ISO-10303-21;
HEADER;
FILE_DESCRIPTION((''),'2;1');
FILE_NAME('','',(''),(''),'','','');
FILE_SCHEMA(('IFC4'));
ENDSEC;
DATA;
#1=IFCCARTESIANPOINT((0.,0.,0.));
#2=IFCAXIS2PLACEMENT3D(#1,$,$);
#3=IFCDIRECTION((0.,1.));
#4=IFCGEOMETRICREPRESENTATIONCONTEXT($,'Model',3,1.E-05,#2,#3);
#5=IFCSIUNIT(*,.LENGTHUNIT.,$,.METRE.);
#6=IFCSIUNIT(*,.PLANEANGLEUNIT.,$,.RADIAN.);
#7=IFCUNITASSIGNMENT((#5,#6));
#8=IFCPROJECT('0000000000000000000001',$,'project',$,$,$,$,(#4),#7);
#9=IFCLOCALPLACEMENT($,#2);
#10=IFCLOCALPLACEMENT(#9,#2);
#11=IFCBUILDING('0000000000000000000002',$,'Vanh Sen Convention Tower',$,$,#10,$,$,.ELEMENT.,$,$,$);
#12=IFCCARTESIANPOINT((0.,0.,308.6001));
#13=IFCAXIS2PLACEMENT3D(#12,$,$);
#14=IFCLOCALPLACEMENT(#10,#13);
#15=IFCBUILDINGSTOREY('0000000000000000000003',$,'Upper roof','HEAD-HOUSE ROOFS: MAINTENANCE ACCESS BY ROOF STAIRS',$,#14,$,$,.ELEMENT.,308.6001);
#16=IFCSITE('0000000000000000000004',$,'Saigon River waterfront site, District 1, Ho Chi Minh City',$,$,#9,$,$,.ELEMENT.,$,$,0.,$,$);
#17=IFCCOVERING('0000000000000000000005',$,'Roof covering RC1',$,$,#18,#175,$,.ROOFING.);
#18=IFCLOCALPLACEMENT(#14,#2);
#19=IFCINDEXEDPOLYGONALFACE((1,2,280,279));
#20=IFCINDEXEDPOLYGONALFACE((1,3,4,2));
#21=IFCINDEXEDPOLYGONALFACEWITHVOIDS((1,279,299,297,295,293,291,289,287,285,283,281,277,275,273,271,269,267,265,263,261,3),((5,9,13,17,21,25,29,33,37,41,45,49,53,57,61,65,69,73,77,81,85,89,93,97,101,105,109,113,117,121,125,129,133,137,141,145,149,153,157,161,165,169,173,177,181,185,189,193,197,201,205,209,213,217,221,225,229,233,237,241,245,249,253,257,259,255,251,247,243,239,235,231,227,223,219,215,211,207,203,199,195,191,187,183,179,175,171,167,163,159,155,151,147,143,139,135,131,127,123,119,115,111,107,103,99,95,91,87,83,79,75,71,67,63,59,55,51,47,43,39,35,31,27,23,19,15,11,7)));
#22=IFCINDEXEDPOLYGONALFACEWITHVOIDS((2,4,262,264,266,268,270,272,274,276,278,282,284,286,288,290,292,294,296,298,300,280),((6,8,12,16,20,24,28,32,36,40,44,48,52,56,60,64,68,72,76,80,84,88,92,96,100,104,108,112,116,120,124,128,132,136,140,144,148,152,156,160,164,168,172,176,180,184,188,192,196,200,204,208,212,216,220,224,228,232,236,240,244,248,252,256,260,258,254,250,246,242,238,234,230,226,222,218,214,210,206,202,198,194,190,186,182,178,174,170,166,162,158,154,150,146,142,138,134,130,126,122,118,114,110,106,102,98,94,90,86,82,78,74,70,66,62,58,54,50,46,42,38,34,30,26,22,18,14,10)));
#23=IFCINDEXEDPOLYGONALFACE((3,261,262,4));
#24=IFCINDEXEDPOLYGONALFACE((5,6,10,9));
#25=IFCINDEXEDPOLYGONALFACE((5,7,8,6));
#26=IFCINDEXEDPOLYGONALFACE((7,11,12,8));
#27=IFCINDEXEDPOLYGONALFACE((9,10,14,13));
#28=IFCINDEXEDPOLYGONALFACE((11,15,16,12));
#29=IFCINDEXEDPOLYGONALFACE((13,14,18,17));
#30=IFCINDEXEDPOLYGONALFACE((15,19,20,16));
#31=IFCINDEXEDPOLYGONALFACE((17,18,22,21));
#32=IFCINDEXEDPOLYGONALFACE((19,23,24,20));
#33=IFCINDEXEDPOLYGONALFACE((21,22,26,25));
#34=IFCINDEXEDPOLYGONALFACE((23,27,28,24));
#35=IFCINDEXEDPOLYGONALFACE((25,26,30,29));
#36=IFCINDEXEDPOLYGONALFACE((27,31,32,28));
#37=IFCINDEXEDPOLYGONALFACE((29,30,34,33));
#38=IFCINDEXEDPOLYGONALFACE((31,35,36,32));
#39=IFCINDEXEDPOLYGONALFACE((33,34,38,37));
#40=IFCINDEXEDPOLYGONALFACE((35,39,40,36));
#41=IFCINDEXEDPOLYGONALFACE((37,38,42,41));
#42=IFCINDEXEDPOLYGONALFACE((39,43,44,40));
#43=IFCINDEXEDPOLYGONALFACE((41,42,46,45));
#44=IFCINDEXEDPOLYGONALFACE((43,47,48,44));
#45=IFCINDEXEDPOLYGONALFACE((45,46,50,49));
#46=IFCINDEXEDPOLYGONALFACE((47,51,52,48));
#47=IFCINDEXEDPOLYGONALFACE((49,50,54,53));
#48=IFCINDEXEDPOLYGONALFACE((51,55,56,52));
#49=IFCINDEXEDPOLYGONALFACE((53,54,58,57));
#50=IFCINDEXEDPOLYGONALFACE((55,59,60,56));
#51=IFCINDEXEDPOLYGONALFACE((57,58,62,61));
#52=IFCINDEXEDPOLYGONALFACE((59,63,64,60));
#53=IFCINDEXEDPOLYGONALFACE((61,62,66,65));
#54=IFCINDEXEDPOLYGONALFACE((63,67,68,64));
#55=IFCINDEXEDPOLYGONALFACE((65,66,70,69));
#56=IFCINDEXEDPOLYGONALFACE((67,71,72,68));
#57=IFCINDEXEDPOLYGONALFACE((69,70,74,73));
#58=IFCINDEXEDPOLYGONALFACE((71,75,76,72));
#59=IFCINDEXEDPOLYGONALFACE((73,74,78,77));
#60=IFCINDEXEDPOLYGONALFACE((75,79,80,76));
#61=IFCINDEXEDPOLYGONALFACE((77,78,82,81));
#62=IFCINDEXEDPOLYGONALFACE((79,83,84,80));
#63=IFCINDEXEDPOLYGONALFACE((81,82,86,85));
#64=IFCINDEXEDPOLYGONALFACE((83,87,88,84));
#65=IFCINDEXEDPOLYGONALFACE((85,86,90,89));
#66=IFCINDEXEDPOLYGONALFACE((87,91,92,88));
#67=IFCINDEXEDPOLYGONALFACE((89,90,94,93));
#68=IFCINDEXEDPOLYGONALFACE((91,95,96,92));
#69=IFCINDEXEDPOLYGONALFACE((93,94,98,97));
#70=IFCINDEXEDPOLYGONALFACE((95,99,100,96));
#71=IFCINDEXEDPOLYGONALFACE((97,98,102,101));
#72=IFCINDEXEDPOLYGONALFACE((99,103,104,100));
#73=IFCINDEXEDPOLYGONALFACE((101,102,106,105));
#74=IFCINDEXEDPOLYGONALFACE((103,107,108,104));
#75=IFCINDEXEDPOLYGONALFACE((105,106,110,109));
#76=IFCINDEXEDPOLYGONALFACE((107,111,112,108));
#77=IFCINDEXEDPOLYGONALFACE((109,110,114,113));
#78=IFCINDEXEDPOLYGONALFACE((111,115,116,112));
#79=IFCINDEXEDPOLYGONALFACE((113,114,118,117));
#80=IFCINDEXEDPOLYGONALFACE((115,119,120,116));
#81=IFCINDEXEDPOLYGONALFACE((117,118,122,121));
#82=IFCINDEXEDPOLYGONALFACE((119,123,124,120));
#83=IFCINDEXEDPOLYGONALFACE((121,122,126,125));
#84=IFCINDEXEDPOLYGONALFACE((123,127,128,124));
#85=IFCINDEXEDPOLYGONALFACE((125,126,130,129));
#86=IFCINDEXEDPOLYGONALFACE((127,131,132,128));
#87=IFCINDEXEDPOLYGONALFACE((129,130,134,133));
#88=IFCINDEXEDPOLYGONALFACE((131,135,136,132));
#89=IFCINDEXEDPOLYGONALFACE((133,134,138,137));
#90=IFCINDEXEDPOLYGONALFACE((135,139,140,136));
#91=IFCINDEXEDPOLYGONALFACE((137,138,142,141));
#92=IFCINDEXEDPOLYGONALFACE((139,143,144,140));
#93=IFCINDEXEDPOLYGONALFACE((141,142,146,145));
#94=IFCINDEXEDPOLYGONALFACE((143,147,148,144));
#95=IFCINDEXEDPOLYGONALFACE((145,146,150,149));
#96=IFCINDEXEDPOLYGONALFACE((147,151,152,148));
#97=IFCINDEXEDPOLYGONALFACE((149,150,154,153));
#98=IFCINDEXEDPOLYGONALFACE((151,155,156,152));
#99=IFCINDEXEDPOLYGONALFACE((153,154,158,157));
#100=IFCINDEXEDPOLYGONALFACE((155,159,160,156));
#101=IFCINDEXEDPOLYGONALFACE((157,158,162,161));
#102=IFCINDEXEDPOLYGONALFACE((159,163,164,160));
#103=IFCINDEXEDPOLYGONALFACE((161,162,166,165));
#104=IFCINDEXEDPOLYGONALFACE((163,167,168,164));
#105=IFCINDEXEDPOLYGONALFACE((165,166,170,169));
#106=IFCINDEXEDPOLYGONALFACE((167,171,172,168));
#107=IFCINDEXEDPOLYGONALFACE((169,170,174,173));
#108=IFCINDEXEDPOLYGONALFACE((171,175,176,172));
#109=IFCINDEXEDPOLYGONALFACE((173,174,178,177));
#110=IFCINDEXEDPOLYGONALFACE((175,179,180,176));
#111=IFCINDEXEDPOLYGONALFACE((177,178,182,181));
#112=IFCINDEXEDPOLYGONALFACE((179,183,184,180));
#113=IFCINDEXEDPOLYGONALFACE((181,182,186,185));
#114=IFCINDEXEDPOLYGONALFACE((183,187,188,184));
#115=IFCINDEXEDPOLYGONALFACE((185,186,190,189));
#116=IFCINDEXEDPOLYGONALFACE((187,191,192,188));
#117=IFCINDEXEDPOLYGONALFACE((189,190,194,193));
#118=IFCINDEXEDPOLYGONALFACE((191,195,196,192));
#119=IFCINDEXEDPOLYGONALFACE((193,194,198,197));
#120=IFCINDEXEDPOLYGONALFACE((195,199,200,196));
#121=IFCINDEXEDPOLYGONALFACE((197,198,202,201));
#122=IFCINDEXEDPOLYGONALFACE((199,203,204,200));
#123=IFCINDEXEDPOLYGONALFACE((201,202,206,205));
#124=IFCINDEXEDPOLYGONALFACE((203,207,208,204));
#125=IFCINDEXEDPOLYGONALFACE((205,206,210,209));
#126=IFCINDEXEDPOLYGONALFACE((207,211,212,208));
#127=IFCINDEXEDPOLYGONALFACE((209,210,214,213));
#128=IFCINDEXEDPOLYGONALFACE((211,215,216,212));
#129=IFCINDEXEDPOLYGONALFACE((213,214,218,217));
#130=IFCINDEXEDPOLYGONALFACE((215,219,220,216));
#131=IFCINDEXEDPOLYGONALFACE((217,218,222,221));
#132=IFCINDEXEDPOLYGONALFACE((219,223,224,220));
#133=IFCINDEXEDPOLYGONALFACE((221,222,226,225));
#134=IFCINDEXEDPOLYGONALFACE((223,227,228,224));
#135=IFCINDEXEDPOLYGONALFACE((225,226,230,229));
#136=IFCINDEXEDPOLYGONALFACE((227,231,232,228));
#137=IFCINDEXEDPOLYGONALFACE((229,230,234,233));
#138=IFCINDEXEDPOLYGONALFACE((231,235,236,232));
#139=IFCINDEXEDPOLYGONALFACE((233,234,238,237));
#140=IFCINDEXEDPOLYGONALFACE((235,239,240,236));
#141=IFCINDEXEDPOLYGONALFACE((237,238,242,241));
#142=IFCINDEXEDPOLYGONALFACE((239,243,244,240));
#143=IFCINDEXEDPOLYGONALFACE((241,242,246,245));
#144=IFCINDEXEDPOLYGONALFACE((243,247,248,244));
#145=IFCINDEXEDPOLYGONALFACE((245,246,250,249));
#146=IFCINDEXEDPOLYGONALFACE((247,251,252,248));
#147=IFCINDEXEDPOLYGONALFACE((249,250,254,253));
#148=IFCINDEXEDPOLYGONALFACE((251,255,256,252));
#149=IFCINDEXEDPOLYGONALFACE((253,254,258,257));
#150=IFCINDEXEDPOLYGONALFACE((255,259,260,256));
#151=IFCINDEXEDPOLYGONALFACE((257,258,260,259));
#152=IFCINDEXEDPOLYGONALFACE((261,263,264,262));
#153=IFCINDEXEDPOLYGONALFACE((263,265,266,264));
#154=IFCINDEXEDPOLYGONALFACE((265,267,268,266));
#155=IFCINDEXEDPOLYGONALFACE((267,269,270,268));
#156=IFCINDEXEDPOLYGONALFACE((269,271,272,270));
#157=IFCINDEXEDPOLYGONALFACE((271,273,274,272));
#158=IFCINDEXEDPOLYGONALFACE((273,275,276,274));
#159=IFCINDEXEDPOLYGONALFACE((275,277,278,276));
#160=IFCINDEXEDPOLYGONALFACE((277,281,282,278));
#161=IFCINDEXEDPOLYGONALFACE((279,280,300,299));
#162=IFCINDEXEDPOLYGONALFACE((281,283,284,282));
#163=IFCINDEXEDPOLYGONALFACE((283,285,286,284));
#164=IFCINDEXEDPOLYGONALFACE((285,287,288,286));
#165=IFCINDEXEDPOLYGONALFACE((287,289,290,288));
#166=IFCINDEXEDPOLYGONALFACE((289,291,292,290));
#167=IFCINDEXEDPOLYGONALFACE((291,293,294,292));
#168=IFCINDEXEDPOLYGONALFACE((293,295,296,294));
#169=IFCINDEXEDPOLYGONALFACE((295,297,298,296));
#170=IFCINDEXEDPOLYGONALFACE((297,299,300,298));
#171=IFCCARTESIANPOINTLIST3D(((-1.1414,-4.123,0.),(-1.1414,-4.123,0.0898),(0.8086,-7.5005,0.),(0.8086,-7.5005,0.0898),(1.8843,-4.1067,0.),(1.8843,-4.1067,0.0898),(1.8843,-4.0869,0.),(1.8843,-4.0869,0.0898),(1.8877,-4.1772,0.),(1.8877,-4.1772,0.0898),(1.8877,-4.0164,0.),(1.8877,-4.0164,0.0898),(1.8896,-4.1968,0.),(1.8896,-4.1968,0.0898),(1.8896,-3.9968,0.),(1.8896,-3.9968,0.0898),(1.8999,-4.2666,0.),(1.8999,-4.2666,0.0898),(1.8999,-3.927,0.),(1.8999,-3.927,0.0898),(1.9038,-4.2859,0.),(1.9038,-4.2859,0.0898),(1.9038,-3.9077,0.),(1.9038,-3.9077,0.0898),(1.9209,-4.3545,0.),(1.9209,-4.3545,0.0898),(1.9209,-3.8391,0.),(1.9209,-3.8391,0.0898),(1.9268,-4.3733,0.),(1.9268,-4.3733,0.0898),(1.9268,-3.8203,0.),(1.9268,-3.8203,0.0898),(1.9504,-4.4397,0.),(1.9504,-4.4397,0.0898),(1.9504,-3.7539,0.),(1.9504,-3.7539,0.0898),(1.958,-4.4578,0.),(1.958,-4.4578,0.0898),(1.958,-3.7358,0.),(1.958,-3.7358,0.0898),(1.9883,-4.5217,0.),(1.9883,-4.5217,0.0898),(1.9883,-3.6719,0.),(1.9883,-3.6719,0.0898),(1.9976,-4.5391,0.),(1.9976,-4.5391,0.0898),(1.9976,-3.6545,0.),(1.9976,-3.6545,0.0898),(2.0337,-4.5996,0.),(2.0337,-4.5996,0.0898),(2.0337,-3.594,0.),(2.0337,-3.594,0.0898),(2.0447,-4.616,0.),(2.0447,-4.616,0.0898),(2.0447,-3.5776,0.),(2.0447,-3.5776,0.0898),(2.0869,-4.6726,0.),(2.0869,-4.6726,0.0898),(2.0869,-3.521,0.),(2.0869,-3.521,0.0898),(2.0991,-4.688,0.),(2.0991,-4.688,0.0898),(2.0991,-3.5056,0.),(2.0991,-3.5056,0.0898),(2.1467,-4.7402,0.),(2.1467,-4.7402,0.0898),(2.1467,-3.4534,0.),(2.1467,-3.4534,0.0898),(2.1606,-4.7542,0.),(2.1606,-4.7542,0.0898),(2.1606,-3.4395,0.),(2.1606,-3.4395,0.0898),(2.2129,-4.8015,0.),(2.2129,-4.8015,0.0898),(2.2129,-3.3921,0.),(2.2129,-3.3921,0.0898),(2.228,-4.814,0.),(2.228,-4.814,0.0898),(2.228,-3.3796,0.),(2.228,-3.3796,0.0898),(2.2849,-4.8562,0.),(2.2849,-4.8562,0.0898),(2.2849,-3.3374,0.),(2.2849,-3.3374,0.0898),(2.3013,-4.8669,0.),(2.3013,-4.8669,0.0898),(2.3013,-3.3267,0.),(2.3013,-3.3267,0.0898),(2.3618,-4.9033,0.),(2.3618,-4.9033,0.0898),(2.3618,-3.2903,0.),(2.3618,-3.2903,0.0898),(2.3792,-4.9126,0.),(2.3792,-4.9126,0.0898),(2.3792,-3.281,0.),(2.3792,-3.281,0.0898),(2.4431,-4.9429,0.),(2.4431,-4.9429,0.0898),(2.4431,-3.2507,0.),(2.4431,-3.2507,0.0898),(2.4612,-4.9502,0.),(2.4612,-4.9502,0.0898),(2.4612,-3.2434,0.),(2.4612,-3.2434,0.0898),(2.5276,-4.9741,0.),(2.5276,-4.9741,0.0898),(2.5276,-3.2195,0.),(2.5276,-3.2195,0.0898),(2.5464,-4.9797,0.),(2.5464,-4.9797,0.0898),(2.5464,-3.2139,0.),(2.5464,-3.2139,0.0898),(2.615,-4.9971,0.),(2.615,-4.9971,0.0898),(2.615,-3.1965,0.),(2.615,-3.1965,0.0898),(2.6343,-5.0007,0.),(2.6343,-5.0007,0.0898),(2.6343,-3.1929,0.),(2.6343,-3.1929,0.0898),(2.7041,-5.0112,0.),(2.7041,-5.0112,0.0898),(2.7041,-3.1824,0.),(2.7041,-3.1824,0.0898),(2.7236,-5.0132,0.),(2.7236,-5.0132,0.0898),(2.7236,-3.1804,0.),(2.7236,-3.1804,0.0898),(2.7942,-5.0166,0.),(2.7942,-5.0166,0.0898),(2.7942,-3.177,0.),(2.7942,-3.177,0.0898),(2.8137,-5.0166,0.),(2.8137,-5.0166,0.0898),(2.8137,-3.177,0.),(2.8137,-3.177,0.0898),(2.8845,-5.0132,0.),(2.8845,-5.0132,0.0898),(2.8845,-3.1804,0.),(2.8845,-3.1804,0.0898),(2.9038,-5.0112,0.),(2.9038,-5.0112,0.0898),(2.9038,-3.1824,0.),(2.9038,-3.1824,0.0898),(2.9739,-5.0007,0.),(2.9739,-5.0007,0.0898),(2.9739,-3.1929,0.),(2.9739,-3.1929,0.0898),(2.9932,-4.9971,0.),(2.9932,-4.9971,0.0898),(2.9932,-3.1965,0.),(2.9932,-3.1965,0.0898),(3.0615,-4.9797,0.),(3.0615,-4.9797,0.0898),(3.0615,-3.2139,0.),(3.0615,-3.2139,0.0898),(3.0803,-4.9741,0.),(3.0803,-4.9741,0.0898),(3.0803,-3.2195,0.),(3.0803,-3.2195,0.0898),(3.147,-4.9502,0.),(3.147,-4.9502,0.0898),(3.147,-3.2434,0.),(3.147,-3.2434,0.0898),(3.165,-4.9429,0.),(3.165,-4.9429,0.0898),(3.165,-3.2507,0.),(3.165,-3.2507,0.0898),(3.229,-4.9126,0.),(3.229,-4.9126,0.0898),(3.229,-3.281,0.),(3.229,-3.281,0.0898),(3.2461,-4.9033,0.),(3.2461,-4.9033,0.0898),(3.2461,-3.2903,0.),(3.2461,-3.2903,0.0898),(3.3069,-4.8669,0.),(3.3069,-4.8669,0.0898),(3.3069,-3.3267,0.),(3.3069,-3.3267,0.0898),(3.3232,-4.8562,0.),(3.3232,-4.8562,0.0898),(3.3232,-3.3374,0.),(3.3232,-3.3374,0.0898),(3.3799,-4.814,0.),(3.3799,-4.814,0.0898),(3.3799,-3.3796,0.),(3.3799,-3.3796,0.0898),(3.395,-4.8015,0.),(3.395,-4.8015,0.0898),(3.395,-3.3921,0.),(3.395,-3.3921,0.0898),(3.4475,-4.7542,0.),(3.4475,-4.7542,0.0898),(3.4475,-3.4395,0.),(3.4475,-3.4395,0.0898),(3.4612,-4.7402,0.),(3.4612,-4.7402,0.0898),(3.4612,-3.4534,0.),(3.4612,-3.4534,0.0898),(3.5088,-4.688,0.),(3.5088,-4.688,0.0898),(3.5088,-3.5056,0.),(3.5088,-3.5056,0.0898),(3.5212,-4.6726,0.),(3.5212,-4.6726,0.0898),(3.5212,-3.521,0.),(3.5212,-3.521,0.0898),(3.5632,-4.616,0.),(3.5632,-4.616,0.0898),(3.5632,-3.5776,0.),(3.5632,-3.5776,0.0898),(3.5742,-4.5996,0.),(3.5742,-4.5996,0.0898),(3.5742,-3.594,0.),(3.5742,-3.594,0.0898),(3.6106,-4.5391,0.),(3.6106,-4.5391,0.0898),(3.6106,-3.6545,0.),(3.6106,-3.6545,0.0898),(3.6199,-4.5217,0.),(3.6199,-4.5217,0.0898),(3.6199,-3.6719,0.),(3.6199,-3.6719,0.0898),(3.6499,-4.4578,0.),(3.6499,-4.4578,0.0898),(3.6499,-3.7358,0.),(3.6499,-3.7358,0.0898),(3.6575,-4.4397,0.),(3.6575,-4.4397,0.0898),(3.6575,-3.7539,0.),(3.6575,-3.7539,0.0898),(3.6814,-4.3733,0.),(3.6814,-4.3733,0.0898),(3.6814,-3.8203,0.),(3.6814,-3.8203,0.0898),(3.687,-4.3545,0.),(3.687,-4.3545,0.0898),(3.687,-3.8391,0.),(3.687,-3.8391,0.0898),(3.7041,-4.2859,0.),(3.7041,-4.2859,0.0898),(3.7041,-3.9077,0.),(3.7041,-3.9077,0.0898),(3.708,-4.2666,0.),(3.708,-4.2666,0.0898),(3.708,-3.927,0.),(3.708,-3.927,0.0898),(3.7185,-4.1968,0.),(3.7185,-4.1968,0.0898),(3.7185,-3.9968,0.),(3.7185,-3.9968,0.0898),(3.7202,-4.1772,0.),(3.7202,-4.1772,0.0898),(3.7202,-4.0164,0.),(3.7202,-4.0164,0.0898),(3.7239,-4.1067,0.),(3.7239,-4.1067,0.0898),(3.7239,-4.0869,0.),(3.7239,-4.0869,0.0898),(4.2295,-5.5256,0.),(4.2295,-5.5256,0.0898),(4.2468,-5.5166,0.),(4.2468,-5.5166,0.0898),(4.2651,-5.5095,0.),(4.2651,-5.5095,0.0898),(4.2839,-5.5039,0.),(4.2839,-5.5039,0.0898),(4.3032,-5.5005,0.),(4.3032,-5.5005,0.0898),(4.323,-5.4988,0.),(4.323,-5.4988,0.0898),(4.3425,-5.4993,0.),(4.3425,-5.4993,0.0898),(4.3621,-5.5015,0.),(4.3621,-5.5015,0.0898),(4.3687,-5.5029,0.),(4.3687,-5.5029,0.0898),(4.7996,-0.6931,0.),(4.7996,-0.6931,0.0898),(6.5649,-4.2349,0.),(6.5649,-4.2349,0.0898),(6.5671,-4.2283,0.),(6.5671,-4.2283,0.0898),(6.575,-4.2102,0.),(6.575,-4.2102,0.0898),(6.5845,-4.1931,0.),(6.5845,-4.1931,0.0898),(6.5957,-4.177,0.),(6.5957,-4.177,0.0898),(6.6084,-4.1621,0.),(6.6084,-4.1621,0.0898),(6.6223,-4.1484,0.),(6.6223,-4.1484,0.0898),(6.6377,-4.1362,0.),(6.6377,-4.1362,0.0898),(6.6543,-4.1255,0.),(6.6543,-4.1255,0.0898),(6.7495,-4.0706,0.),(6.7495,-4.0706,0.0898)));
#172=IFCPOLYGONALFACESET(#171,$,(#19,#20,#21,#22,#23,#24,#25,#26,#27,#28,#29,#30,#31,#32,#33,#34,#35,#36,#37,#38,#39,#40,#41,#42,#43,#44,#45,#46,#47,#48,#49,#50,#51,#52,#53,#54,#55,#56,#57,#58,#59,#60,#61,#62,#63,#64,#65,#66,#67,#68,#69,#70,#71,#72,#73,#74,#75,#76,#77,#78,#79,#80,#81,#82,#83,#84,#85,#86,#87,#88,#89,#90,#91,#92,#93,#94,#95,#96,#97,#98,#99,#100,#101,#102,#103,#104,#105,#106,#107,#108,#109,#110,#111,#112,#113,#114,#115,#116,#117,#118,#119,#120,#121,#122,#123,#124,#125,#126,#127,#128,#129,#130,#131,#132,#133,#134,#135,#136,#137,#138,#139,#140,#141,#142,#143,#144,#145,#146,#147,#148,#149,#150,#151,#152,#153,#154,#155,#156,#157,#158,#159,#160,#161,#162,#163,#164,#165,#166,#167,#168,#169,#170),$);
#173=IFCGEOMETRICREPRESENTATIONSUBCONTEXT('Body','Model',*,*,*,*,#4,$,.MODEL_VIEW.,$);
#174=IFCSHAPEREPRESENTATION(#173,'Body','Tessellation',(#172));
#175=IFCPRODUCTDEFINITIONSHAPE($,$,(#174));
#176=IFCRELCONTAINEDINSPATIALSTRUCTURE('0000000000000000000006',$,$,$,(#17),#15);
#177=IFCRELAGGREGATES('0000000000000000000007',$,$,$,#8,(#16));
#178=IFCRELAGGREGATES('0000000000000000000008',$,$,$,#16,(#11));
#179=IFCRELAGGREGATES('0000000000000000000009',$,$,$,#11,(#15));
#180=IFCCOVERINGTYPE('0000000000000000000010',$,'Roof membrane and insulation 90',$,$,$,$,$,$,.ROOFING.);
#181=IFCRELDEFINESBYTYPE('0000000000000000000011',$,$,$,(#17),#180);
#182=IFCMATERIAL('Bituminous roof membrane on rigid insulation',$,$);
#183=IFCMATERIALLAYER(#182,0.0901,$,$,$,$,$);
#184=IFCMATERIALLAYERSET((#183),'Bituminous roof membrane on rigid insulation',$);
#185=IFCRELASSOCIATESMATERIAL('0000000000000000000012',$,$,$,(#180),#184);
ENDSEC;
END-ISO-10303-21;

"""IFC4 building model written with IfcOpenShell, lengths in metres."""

from ifc_helpers import new_model, si_unit, direction, frame, origin, place, context, subcontext, project, spatial, polyline, outline, extrude, material, layer, layer_set, type_object, element, save


model = new_model("IFC4")

# Units and contexts
model_context = context("Model", 3, precision=1e-05, world=origin(), true_north=direction((0.0, 1.0)))
body_context = subcontext(model_context, "Body", "Model", "MODEL_VIEW")
ifc_project = project(units=[si_unit("LENGTHUNIT", "METRE"), si_unit("PLANEANGLEUNIT", "RADIAN")], contexts=[model_context])

# Site, building, storey
site_placement = place(None, origin())
site = spatial("IfcSite", under=ifc_project, at=site_placement, Name="Saigon River waterfront site, District 1, Ho Chi Minh City", CompositionType="ELEMENT", RefElevation=0.0)
building_placement = place(site_placement, origin())
building = spatial("IfcBuilding", under=site, at=building_placement, Name="Vanh Sen Convention Tower", CompositionType="ELEMENT")
storey_placement = place(building_placement, frame((0.0, 0.0, 308.6001)))
storey = spatial("IfcBuildingStorey", under=building, at=storey_placement, Name="Upper roof", Description="HEAD-HOUSE ROOFS: MAINTENANCE ACCESS BY ROOF STAIRS", CompositionType="ELEMENT", Elevation=308.6001)

# Covering
ifc_material_1 = material(Name="Bituminous roof membrane on rigid insulation")
ifc_layer_1 = layer(ifc_material_1, 0.0901)
ifc_layer_set_1 = layer_set([ifc_layer_1], Name="Bituminous roof membrane on rigid insulation")
covering_type = type_object("IfcCoveringType", Name="Roof membrane and insulation 90", PredefinedType="ROOFING", material=ifc_layer_set_1)
covering_1_placement = place(storey_placement, origin())
element("IfcCovering", 1, at=covering_1_placement, inside=storey, type_object=covering_type, Name="Roof covering RC1", PredefinedType="ROOFING", context=body_context, shape_type="SweptSolid", body=[
    extrude(outline(polyline([(6.5649, -4.2349), (6.5671, -4.2283), (6.575, -4.2102), (6.5845, -4.1931), (6.5957, -4.177), (6.6084, -4.1621), (6.6223, -4.1484), (6.6377, -4.1362), (6.6543, -4.1255), (6.7495, -4.0706), (4.7996, -0.6931), (-1.1414, -4.123), (0.8086, -7.5005), (4.2295, -5.5256), (4.2468, -5.5166), (4.2651, -5.5095), (4.2839, -5.5039), (4.3032, -5.5005), (4.323, -5.4988), (4.3425, -5.4993), (4.3621, -5.5015), (4.3687, -5.5029), (6.5649, -4.2349)]), holes=[polyline([(3.687, -4.3545), (3.7041, -4.2859), (3.708, -4.2666), (3.7185, -4.1968), (3.7202, -4.1772), (3.7239, -4.1067), (3.7239, -4.0869), (3.7202, -4.0164), (3.7185, -3.9968), (3.708, -3.927), (3.7041, -3.9077), (3.687, -3.8391), (3.6814, -3.8203), (3.6575, -3.7539), (3.6499, -3.7358), (3.6199, -3.6719), (3.6106, -3.6545), (3.5742, -3.594), (3.5632, -3.5776), (3.5212, -3.521), (3.5088, -3.5056), (3.4612, -3.4534), (3.4475, -3.4395), (3.395, -3.3921), (3.3799, -3.3796), (3.3232, -3.3374), (3.3069, -3.3267), (3.2461, -3.2903), (3.229, -3.281), (3.165, -3.2507), (3.147, -3.2434), (3.0803, -3.2195), (3.0615, -3.2139), (2.9932, -3.1965), (2.9739, -3.1929), (2.9038, -3.1824), (2.8845, -3.1804), (2.8137, -3.177), (2.7942, -3.177), (2.7236, -3.1804), (2.7041, -3.1824), (2.6343, -3.1929), (2.615, -3.1965), (2.5464, -3.2139), (2.5276, -3.2195), (2.4612, -3.2434), (2.4431, -3.2507), (2.3792, -3.281), (2.3618, -3.2903), (2.3013, -3.3267), (2.2849, -3.3374), (2.228, -3.3796), (2.2129, -3.3921), (2.1606, -3.4395), (2.1467, -3.4534), (2.0991, -3.5056), (2.0869, -3.521), (2.0447, -3.5776), (2.0337, -3.594), (1.9976, -3.6545), (1.9883, -3.6719), (1.958, -3.7358), (1.9504, -3.7539), (1.9268, -3.8203), (1.9209, -3.8391), (1.9038, -3.9077), (1.8999, -3.927), (1.8896, -3.9968), (1.8877, -4.0164), (1.8843, -4.0869), (1.8843, -4.1067), (1.8877, -4.1772), (1.8896, -4.1968), (1.8999, -4.2666), (1.9038, -4.2859), (1.9209, -4.3545), (1.9268, -4.3733), (1.9504, -4.4397), (1.958, -4.4578), (1.9883, -4.5217), (1.9976, -4.5391), (2.0337, -4.5996), (2.0447, -4.616), (2.0869, -4.6726), (2.0991, -4.688), (2.1467, -4.7402), (2.1606, -4.7542), (2.2129, -4.8015), (2.228, -4.814), (2.2849, -4.8562), (2.3013, -4.8669), (2.3618, -4.9033), (2.3792, -4.9126), (2.4431, -4.9429), (2.4612, -4.9502), (2.5276, -4.9741), (2.5464, -4.9797), (2.615, -4.9971), (2.6343, -5.0007), (2.7041, -5.0112), (2.7236, -5.0132), (2.7942, -5.0166), (2.8137, -5.0166), (2.8845, -5.0132), (2.9038, -5.0112), (2.9739, -5.0007), (2.9932, -4.9971), (3.0615, -4.9797), (3.0803, -4.9741), (3.147, -4.9502), (3.165, -4.9429), (3.229, -4.9126), (3.2461, -4.9033), (3.3069, -4.8669), (3.3232, -4.8562), (3.3799, -4.814), (3.395, -4.8015), (3.4475, -4.7542), (3.4612, -4.7402), (3.5088, -4.688), (3.5212, -4.6726), (3.5632, -4.616), (3.5742, -4.5996), (3.6106, -4.5391), (3.6199, -4.5217), (3.6499, -4.4578), (3.6575, -4.4397), (3.6814, -4.3733), (3.687, -4.3545)])]), origin(), (0.0, 0.0, 1.0), 0.0898),
])

save(model, "model.ifc")
